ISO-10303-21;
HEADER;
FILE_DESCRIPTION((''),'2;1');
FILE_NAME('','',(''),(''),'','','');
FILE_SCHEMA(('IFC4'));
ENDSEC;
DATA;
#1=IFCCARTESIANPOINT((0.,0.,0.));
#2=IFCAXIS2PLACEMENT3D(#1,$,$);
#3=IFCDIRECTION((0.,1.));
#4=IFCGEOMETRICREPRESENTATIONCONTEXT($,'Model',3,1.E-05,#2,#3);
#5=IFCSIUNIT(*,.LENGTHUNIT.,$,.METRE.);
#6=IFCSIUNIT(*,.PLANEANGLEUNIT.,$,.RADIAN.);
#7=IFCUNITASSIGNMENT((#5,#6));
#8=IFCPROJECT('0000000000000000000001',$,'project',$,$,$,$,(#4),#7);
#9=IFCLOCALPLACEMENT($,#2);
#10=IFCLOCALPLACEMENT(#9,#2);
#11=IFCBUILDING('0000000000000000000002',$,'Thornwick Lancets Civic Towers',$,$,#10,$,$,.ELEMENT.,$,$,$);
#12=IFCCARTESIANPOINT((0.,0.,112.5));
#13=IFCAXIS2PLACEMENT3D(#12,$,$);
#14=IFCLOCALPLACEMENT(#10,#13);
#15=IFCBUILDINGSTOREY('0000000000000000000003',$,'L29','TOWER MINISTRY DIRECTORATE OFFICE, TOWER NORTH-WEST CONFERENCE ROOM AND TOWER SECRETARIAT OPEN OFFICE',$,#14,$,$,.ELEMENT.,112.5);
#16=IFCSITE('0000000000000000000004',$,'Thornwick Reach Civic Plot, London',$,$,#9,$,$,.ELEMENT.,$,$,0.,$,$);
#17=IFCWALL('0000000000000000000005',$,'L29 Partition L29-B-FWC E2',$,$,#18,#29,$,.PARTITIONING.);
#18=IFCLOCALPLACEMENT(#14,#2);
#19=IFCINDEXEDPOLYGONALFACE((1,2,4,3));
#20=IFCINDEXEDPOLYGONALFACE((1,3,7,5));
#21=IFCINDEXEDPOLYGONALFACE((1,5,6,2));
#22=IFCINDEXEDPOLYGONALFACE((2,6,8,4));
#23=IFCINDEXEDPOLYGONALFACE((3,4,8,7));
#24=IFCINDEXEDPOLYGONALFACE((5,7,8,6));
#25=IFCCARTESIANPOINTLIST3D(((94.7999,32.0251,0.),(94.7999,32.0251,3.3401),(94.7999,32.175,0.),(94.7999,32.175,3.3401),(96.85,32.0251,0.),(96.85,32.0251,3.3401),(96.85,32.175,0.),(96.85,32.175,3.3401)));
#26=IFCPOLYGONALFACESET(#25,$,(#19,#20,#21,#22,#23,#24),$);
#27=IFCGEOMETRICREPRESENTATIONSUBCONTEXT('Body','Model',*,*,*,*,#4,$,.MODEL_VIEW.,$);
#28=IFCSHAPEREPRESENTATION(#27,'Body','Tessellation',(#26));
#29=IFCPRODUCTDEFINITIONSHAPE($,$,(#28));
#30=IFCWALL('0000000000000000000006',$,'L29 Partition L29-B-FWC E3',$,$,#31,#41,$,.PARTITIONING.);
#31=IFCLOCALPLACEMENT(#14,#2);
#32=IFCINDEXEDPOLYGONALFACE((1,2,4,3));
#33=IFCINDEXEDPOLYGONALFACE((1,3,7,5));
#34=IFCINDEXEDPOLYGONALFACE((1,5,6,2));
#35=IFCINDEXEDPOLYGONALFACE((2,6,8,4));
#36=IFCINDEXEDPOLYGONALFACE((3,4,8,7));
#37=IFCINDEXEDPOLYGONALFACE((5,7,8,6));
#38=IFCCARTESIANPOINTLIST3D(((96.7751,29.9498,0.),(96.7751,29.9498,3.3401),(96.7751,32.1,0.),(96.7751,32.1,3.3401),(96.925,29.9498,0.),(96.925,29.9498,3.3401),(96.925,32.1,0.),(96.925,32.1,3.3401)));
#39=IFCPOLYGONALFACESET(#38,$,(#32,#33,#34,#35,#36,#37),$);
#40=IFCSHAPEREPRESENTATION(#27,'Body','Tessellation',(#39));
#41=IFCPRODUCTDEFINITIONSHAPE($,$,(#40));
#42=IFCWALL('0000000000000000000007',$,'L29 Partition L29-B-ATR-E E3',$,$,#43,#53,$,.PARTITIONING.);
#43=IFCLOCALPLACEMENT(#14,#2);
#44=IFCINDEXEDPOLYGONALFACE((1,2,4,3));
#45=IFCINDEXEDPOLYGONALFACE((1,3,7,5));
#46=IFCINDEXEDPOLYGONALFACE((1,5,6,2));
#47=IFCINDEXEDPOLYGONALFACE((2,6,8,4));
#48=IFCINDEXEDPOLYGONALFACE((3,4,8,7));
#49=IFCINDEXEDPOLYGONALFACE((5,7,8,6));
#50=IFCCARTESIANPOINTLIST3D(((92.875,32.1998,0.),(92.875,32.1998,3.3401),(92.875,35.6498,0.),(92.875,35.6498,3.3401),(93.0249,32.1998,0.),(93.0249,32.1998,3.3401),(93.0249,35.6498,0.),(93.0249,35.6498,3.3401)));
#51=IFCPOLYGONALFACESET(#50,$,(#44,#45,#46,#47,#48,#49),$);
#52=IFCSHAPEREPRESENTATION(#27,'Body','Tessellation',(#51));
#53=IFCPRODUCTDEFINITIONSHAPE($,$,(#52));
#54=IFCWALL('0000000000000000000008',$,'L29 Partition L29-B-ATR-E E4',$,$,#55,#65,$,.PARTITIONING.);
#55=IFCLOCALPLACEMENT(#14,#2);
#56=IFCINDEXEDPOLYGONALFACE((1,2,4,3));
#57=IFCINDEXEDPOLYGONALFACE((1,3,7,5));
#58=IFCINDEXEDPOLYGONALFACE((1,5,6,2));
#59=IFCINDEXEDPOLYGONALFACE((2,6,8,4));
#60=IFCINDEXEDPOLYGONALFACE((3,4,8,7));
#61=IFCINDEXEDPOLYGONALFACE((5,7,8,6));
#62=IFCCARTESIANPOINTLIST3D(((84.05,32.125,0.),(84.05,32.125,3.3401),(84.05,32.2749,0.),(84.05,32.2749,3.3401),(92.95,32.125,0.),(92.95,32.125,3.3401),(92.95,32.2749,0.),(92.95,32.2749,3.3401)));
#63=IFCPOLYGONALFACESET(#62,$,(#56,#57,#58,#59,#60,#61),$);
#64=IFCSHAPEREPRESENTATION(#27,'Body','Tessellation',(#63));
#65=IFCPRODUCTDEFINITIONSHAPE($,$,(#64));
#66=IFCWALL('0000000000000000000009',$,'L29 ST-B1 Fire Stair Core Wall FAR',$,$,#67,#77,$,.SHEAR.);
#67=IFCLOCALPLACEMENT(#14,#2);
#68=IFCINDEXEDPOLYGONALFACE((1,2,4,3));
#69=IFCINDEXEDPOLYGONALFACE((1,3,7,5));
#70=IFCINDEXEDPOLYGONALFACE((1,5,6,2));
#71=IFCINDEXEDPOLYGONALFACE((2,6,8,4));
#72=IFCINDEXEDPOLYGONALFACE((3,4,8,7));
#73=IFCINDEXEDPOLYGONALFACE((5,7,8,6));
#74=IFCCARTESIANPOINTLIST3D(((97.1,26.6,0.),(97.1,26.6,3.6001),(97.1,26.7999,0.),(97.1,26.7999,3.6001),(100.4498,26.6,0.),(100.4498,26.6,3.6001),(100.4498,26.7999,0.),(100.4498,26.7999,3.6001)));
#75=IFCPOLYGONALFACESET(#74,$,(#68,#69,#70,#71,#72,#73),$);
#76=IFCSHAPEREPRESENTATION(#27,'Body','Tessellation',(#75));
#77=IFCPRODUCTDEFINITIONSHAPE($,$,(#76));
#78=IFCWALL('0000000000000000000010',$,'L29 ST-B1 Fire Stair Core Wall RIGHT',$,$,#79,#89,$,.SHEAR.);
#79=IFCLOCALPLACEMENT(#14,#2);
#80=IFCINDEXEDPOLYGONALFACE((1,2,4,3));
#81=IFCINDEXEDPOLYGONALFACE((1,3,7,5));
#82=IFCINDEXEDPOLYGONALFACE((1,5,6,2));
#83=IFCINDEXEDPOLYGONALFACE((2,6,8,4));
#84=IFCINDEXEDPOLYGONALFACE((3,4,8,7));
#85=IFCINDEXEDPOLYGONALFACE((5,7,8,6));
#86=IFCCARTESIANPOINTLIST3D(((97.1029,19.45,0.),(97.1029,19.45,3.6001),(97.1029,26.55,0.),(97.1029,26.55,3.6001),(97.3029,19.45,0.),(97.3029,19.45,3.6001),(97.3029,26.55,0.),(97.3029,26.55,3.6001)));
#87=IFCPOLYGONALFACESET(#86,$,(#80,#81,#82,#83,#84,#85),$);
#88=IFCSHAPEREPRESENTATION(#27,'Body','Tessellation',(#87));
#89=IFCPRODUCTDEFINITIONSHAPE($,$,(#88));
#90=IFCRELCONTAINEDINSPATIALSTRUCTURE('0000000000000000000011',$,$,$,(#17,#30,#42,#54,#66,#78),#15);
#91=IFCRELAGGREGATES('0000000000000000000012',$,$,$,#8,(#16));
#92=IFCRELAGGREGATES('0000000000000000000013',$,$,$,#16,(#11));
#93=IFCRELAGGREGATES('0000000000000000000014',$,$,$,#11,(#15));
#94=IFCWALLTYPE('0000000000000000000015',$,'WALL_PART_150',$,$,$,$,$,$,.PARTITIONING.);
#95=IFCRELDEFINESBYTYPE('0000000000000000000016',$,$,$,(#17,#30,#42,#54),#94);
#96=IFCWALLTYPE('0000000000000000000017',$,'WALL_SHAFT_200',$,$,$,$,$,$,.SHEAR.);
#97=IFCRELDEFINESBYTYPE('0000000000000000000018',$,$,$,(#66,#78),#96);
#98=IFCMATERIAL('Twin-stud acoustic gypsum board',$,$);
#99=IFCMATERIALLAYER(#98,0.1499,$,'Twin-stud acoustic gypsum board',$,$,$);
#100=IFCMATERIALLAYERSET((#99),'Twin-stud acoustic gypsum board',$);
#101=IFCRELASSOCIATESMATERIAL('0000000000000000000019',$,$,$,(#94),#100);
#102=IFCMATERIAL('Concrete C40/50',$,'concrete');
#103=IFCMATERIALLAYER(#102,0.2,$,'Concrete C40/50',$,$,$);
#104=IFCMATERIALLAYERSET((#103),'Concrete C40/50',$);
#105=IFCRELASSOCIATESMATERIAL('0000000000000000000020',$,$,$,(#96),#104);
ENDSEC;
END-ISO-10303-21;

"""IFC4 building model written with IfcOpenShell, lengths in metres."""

from ifc_helpers import new_model, si_unit, direction, frame, frame_2d, origin, place, context, subcontext, project, spatial, rectangle, extrude, material, layer, layer_set, type_object, element, save


model = new_model("IFC4")

# Units and contexts
model_context = context("Model", 3, precision=1e-05, world=origin(), true_north=direction((0.0, 1.0)))
body_context = subcontext(model_context, "Body", "Model", "MODEL_VIEW")
ifc_project = project(units=[si_unit("LENGTHUNIT", "METRE"), si_unit("PLANEANGLEUNIT", "RADIAN")], contexts=[model_context])

# Site, building, storey
site_placement = place(None, origin())
site = spatial("IfcSite", under=ifc_project, at=site_placement, Name="Thornwick Reach Civic Plot, London", CompositionType="ELEMENT", RefElevation=0.0)
building_placement = place(site_placement, origin())
building = spatial("IfcBuilding", under=site, at=building_placement, Name="Thornwick Lancets Civic Towers", CompositionType="ELEMENT")
storey_placement = place(building_placement, frame((0.0, 0.0, 112.5)))
storey = spatial("IfcBuildingStorey", under=building, at=storey_placement, Name="L29", Description="TOWER MINISTRY DIRECTORATE OFFICE, TOWER NORTH-WEST CONFERENCE ROOM AND TOWER SECRETARIAT OPEN OFFICE", CompositionType="ELEMENT", Elevation=112.5)

# Shared definitions
ifc_material_1 = material(Name="Twin-stud acoustic gypsum board")
ifc_layer_1 = layer(ifc_material_1, 0.1499, Name="Twin-stud acoustic gypsum board")
ifc_layer_set_1 = layer_set([ifc_layer_1], Name="Twin-stud acoustic gypsum board")
wall_type_1 = type_object("IfcWallType", Name="WALL_PART_150", PredefinedType="PARTITIONING", material=ifc_layer_set_1)

# Walls
wall_1_placement = place(storey_placement, frame((94.8, 32.1001, 0.0), z_axis=(0.0, 0.0, 1.0), x_axis=(1.0, 0.0, 0.0)))
element("IfcWall", 1, at=wall_1_placement, inside=storey, type_object=wall_type_1, Name="L29 Partition L29-B-FWC E2", PredefinedType="PARTITIONING", context=body_context, shape_type="SweptSolid", body=[
    extrude(rectangle(XDim=2.05, YDim=0.1499, at=frame_2d((1.0249, 0.0))), origin(), (0.0, 0.0, 1.0), 3.3401),
])
wall_2_placement = place(storey_placement, frame((96.8501, 32.1001, 0.0), z_axis=(0.0, 0.0, 1.0), x_axis=(0.0, -1.0, 0.0)))
element("IfcWall", 2, at=wall_2_placement, inside=storey, type_object=wall_type_1, Name="L29 Partition L29-B-FWC E3", PredefinedType="PARTITIONING", context=body_context, shape_type="SweptSolid", body=[
    extrude(rectangle(XDim=2.1501, YDim=0.1499, at=frame_2d((1.0752, 0.0))), origin(), (0.0, 0.0, 1.0), 3.3401),
])
wall_3_placement = place(storey_placement, frame((92.95, 35.6499, 0.0), z_axis=(0.0, 0.0, 1.0), x_axis=(0.0, -1.0, 0.0)))
element("IfcWall", 3, at=wall_3_placement, inside=storey, type_object=wall_type_1, Name="L29 Partition L29-B-ATR-E E3", PredefinedType="PARTITIONING", context=body_context, shape_type="SweptSolid", body=[
    extrude(rectangle(XDim=3.45, YDim=0.1499, at=frame_2d((1.7251, 0.0))), origin(), (0.0, 0.0, 1.0), 3.3401),
])
wall_4_placement = place(storey_placement, frame((92.95, 32.2, 0.0), z_axis=(0.0, 0.0, 1.0), x_axis=(-1.0, 0.0, 0.0)))
element("IfcWall", 4, at=wall_4_placement, inside=storey, type_object=wall_type_1, Name="L29 Partition L29-B-ATR-E E4", PredefinedType="PARTITIONING", context=body_context, shape_type="SweptSolid", body=[
    extrude(rectangle(XDim=8.8999, YDim=0.1499, at=frame_2d((4.45, 0.0))), origin(), (0.0, 0.0, 1.0), 3.3401),
])
ifc_material_2 = material(Name="Concrete C40/50", Category="concrete")
ifc_layer_2 = layer(ifc_material_2, 0.2, Name="Concrete C40/50")
ifc_layer_set_2 = layer_set([ifc_layer_2], Name="Concrete C40/50")
wall_type_2 = type_object("IfcWallType", Name="WALL_SHAFT_200", PredefinedType="SHEAR", material=ifc_layer_set_2)
wall_5_placement = place(storey_placement, frame((97.1001, 26.7, 0.0), z_axis=(0.0, 0.0, 1.0), x_axis=(1.0, 0.0, 0.0)))
element("IfcWall", 5, at=wall_5_placement, inside=storey, type_object=wall_type_2, Name="L29 ST-B1 Fire Stair Core Wall FAR", PredefinedType="SHEAR", context=body_context, shape_type="SweptSolid", body=[
    extrude(rectangle(XDim=3.3499, YDim=0.2, at=frame_2d((1.6748, 0.0))), origin(), (0.0, 0.0, 1.0), 3.6001),
])
wall_6_placement = place(storey_placement, frame((97.2029, 26.55, 0.0), z_axis=(0.0, 0.0, 1.0), x_axis=(0.0, -1.0, 0.0)))
element("IfcWall", 6, at=wall_6_placement, inside=storey, type_object=wall_type_2, Name="L29 ST-B1 Fire Stair Core Wall RIGHT", PredefinedType="SHEAR", context=body_context, shape_type="SweptSolid", body=[
    extrude(rectangle(XDim=7.1001, YDim=0.2, at=frame_2d((3.55, 0.0))), origin(), (0.0, 0.0, 1.0), 3.6001),
])

save(model, "model.ifc")
